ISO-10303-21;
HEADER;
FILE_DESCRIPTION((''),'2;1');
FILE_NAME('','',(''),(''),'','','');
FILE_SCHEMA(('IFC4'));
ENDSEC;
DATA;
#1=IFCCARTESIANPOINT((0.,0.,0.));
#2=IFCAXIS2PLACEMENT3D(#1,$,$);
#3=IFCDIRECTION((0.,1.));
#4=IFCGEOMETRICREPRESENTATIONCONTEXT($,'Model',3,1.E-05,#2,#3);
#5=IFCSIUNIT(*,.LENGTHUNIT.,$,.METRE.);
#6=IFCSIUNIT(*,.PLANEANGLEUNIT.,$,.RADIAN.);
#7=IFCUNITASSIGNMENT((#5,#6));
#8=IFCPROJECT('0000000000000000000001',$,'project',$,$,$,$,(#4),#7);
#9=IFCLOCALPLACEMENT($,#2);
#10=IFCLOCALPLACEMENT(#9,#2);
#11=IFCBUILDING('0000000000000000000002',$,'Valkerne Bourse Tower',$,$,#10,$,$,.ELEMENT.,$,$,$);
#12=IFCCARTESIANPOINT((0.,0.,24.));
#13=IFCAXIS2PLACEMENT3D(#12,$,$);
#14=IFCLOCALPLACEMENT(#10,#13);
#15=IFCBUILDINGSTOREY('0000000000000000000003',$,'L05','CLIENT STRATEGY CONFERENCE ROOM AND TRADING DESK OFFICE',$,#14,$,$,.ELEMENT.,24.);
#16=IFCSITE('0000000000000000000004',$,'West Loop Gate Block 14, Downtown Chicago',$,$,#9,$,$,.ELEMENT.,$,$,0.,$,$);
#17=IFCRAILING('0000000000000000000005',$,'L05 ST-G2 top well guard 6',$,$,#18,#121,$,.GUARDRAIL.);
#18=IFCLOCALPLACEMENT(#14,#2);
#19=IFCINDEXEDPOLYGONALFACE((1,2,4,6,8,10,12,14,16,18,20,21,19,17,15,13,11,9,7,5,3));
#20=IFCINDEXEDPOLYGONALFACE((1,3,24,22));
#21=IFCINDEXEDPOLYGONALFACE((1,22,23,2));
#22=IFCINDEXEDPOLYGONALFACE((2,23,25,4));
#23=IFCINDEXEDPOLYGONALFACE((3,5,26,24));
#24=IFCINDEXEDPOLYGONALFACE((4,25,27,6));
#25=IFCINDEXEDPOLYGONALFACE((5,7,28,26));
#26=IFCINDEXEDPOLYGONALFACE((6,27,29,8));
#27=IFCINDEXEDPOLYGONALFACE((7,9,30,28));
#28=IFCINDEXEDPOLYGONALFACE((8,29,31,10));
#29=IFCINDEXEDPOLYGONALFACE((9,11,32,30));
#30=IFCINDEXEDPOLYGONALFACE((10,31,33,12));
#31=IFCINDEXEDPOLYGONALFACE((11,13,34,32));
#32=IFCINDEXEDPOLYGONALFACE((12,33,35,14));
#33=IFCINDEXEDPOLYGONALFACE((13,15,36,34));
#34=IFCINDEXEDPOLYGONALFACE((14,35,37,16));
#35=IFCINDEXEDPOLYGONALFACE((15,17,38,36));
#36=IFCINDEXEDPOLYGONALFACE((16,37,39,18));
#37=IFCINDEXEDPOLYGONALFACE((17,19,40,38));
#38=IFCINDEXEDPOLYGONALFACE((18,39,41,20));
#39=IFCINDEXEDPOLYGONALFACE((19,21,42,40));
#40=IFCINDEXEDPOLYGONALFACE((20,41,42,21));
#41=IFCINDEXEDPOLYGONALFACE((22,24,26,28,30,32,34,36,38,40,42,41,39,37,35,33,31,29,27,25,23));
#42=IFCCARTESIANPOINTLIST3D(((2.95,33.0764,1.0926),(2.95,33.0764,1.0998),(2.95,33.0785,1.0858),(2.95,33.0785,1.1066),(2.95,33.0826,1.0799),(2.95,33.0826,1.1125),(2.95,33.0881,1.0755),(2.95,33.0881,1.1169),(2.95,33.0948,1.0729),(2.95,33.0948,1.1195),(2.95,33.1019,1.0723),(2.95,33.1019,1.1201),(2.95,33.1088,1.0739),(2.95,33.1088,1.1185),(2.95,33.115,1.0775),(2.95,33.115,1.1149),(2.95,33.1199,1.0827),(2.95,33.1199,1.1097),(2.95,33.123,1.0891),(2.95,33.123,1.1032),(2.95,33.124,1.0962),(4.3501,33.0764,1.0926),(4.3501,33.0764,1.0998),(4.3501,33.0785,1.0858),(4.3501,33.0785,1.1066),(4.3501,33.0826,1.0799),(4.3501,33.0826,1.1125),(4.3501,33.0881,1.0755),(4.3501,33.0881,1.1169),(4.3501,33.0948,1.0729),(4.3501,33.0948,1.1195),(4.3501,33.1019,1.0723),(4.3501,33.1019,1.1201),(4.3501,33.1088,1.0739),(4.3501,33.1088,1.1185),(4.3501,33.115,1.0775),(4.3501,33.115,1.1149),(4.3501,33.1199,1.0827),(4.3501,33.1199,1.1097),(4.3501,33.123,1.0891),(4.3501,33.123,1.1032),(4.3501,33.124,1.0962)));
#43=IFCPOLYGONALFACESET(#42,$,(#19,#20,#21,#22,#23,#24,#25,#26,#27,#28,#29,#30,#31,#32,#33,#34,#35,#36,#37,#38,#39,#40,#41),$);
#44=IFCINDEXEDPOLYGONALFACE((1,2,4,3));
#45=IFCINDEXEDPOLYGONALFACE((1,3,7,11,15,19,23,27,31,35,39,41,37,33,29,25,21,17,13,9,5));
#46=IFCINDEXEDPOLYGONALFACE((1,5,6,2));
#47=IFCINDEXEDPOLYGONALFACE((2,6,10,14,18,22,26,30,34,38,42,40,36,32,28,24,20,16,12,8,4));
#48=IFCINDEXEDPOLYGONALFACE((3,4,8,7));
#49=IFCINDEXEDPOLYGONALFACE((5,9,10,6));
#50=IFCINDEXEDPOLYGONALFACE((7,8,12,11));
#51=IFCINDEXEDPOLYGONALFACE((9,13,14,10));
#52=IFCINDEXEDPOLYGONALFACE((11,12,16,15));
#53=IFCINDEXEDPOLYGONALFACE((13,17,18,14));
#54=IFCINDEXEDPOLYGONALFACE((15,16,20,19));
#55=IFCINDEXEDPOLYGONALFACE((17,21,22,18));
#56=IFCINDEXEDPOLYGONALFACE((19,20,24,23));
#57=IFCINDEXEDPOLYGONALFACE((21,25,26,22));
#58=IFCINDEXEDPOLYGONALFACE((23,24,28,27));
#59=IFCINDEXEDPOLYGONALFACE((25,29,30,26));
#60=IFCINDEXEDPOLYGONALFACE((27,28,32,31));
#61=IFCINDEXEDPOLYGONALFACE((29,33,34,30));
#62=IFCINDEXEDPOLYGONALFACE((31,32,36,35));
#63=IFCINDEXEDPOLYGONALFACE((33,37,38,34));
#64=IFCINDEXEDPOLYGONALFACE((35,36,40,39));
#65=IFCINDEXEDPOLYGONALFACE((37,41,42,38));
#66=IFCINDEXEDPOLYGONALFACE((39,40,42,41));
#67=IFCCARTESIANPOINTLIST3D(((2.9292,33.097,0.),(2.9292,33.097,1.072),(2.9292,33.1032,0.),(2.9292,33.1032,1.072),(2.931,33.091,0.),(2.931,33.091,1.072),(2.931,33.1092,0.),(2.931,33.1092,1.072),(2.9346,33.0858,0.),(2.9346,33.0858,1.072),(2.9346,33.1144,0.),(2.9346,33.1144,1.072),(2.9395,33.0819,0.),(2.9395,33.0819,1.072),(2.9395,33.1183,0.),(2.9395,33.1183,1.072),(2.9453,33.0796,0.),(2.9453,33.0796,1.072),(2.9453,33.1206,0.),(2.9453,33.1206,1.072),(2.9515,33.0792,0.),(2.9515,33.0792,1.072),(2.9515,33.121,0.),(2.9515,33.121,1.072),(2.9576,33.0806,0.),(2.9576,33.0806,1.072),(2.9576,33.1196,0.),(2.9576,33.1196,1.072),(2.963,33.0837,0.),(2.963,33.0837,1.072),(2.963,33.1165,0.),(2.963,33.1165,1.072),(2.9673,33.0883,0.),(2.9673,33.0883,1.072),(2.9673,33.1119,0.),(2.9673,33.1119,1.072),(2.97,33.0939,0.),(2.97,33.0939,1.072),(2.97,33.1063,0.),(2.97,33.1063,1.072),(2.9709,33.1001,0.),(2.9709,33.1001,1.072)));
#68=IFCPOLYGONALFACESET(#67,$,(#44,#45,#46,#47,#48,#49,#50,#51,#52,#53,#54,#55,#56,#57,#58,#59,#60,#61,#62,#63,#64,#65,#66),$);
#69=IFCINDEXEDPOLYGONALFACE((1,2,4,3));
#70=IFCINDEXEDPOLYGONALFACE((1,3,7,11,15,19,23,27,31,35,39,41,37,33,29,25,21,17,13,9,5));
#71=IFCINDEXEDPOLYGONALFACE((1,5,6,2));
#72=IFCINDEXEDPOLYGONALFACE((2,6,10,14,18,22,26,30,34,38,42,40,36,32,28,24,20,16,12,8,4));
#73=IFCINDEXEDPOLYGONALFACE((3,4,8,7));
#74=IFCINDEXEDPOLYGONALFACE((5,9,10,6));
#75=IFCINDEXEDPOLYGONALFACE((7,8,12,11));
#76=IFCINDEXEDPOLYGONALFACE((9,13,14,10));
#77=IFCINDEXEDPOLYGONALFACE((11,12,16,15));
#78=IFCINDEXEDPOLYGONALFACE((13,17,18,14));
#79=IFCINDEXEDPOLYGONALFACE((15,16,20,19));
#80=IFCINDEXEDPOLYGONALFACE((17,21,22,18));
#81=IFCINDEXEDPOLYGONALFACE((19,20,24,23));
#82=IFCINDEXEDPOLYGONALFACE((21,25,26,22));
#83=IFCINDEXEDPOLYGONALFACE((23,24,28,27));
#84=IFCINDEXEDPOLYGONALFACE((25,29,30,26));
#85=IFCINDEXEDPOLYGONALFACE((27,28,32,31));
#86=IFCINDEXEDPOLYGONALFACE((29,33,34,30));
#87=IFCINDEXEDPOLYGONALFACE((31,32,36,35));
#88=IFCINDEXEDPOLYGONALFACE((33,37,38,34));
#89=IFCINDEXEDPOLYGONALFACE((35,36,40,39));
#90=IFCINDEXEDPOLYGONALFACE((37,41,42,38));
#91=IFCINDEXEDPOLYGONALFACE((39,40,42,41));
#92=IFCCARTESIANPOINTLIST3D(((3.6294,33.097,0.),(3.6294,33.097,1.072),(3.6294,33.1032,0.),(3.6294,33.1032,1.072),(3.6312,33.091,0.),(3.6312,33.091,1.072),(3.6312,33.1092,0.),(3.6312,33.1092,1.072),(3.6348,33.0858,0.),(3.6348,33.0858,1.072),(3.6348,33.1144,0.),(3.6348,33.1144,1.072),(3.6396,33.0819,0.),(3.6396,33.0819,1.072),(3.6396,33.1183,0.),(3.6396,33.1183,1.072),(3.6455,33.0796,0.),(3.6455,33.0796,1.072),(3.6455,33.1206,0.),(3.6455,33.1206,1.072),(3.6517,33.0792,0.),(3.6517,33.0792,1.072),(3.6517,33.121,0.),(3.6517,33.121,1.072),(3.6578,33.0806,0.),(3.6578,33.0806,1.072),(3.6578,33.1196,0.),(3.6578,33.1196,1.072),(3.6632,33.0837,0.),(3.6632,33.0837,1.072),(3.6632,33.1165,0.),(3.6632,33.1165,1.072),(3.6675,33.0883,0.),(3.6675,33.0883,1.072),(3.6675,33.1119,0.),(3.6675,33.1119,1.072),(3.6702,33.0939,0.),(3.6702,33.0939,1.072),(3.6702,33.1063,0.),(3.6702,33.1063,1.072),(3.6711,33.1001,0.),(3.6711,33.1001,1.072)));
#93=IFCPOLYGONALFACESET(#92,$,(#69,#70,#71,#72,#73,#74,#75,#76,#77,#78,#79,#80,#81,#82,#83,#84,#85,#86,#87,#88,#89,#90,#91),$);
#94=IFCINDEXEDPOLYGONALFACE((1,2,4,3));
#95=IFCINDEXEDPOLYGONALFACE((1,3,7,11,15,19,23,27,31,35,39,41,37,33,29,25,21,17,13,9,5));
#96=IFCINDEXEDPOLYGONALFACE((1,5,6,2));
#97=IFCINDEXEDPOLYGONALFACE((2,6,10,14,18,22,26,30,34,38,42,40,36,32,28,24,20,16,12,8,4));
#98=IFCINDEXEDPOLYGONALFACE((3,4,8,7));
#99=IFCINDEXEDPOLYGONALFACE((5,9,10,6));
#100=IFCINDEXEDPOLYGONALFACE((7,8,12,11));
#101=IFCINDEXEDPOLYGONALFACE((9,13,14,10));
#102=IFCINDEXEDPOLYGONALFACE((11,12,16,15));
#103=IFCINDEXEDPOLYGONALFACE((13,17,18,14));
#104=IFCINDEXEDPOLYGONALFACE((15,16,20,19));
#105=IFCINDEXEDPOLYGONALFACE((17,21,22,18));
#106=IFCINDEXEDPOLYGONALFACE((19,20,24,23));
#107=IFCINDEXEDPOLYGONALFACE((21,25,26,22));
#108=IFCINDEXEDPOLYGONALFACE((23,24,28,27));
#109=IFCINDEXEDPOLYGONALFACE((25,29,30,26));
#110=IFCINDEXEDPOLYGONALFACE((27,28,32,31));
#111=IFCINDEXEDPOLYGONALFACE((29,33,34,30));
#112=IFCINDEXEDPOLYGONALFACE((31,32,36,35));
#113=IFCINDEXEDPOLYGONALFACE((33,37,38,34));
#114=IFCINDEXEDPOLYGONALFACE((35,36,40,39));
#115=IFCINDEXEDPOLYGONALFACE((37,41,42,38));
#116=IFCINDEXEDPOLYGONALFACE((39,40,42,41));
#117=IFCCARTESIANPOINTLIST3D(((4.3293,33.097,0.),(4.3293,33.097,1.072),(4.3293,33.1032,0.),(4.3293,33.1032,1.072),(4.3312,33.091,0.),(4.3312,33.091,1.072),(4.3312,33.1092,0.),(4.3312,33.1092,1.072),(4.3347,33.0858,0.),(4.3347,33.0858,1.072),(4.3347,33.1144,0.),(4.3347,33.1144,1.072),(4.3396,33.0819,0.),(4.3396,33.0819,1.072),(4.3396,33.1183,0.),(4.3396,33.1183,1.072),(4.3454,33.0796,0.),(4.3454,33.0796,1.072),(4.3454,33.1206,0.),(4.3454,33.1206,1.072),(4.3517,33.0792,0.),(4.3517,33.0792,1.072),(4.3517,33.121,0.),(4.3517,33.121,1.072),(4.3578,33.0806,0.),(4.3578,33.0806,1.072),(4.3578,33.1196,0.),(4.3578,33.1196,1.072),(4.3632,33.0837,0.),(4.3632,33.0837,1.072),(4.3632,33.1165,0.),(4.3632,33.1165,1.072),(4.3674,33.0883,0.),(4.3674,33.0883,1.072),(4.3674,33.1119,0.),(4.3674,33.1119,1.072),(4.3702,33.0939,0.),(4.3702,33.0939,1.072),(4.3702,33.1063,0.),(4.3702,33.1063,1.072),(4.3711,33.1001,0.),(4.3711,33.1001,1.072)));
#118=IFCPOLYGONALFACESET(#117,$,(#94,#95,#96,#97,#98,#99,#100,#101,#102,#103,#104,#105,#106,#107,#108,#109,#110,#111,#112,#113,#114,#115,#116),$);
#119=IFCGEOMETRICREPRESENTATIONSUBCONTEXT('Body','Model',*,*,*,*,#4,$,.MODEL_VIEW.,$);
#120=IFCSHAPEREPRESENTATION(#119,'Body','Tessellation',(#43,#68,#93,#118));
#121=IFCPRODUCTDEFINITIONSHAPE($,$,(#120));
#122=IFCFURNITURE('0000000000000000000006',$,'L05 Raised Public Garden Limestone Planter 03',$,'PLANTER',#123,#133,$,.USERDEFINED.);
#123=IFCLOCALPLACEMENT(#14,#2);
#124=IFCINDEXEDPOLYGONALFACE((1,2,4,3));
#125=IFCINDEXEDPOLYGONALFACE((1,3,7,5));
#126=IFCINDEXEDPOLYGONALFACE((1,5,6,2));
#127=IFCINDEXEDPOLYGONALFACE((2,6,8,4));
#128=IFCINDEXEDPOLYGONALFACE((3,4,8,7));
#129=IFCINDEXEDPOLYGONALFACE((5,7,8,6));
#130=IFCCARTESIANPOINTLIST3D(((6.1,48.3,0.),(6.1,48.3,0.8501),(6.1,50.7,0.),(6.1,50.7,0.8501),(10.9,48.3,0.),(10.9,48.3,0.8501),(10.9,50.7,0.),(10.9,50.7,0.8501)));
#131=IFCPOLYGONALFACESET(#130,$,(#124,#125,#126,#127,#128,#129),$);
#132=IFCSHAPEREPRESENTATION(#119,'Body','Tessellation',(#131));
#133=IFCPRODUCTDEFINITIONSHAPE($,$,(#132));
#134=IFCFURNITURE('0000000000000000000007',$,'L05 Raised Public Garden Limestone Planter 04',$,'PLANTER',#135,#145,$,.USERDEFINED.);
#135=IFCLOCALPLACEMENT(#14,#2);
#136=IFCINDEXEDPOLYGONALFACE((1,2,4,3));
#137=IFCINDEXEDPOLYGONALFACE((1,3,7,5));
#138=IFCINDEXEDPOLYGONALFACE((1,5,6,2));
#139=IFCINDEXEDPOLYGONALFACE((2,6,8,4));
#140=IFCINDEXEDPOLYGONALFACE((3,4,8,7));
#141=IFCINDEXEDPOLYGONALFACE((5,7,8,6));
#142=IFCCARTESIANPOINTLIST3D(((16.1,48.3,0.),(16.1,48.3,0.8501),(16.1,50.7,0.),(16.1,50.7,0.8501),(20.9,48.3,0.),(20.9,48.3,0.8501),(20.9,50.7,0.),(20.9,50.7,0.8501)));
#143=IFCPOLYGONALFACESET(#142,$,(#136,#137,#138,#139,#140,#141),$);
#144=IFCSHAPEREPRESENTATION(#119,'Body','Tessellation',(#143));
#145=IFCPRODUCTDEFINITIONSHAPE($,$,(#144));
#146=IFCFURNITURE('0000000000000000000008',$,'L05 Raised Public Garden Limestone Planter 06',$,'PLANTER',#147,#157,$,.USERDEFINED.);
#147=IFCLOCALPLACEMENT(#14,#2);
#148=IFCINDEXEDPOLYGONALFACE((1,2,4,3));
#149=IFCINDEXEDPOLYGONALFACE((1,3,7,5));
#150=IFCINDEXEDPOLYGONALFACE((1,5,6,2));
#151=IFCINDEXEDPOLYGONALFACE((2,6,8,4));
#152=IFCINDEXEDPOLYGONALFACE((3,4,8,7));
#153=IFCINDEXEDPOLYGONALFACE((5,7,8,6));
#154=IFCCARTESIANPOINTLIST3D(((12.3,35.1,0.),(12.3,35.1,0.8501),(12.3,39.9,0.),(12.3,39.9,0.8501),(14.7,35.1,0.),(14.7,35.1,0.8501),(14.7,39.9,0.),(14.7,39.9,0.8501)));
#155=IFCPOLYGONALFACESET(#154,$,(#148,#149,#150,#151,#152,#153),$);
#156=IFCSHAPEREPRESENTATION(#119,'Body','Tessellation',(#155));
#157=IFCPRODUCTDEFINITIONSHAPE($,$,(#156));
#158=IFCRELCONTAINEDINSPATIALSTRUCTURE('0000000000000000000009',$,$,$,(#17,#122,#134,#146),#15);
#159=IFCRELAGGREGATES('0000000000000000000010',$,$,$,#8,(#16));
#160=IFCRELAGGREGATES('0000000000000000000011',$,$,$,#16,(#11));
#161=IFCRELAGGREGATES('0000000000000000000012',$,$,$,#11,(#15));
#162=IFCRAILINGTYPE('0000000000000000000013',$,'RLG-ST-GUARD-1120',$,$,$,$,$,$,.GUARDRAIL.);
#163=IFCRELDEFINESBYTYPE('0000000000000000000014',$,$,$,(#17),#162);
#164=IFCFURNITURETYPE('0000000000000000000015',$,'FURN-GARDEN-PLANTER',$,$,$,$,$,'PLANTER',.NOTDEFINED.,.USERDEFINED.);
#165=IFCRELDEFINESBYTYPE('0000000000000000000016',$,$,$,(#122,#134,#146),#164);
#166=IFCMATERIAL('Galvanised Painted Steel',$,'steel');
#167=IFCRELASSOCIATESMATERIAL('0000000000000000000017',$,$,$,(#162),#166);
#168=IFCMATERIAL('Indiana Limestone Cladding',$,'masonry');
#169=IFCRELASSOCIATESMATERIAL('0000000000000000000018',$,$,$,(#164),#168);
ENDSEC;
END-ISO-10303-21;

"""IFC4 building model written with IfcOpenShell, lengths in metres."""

from ifc_helpers import new_model, si_unit, direction, frame, origin, origin_2d, place, context, subcontext, project, spatial, rectangle, circle, extrude, material, type_object, element, save


model = new_model("IFC4")

# Units and contexts
model_context = context("Model", 3, precision=1e-05, world=origin(), true_north=direction((0.0, 1.0)))
body_context = subcontext(model_context, "Body", "Model", "MODEL_VIEW")
ifc_project = project(units=[si_unit("LENGTHUNIT", "METRE"), si_unit("PLANEANGLEUNIT", "RADIAN")], contexts=[model_context])

# Site, building, storey
site_placement = place(None, origin())
site = spatial("IfcSite", under=ifc_project, at=site_placement, Name="West Loop Gate Block 14, Downtown Chicago", CompositionType="ELEMENT", RefElevation=0.0)
building_placement = place(site_placement, origin())
building = spatial("IfcBuilding", under=site, at=building_placement, Name="Valkerne Bourse Tower", CompositionType="ELEMENT")
storey_placement = place(building_placement, frame((0.0, 0.0, 24.0)))
storey = spatial("IfcBuildingStorey", under=building, at=storey_placement, Name="L05", Description="CLIENT STRATEGY CONFERENCE ROOM AND TRADING DESK OFFICE", CompositionType="ELEMENT", Elevation=24.0)

# Railing
ifc_material_1 = material(Name="Galvanised Painted Steel", Category="steel")
railing_type_1 = type_object("IfcRailingType", Name="RLG-ST-GUARD-1120", PredefinedType="GUARDRAIL", material=ifc_material_1)
railing_1_placement = place(storey_placement, frame((2.95, 33.1001, 0.0)))
element("IfcRailing", 1, at=railing_1_placement, inside=storey, type_object=railing_type_1, Name="L05 ST-G2 top well guard 6", PredefinedType="GUARDRAIL", context=body_context, shape_type="SweptSolid", body=[
    extrude(circle(Radius=0.0239, at=origin_2d()), frame((0.0, 0.0, 1.0962), z_axis=(1.0, 0.0, 0.0), x_axis=(0.0, 1.0, 0.0)), (0.0, 0.0, 1.0), 1.4001),
    extrude(circle(Radius=0.021, at=origin_2d()), origin(), (0.0, 0.0, 1.0), 1.072),
    extrude(circle(Radius=0.021, at=origin_2d()), frame((0.7002, 0.0, 0.0)), (0.0, 0.0, 1.0), 1.072),
    extrude(circle(Radius=0.021, at=origin_2d()), frame((1.4001, 0.0, 0.0)), (0.0, 0.0, 1.0), 1.072),
])

# Furniture
ifc_material_2 = material(Name="Indiana Limestone Cladding", Category="masonry")
furniture_type = type_object("IfcFurnitureType", Name="FURN-GARDEN-PLANTER", ElementType="PLANTER", AssemblyPlace="NOTDEFINED", PredefinedType="USERDEFINED", material=ifc_material_2)
for number, where, z_axis, x_axis, name in (
    (2, (8.5, 49.5, 0.0), (0.0, 0.0, 1.0), (1.0, 0.0, 0.0), "L05 Raised Public Garden Limestone Planter 03"),
    (3, (18.5, 49.5, 0.0), (0.0, 0.0, 1.0), (1.0, 0.0, 0.0), "L05 Raised Public Garden Limestone Planter 04"),
    (4, (13.5, 37.5, 0.0), (0.0, 0.0, 1.0), (0.0, 1.0, 0.0), "L05 Raised Public Garden Limestone Planter 06"),
):
    element("IfcFurniture", number, at=place(storey_placement, frame(where, z_axis=z_axis, x_axis=x_axis)), inside=storey, type_object=furniture_type, Name=name, ObjectType="PLANTER", PredefinedType="USERDEFINED", context=body_context, shape_type="SweptSolid", body=[
        extrude(rectangle(XDim=4.8, YDim=2.3999, at=origin_2d()), origin(), (0.0, 0.0, 1.0), 0.8501),
    ])

save(model, "model.ifc")
